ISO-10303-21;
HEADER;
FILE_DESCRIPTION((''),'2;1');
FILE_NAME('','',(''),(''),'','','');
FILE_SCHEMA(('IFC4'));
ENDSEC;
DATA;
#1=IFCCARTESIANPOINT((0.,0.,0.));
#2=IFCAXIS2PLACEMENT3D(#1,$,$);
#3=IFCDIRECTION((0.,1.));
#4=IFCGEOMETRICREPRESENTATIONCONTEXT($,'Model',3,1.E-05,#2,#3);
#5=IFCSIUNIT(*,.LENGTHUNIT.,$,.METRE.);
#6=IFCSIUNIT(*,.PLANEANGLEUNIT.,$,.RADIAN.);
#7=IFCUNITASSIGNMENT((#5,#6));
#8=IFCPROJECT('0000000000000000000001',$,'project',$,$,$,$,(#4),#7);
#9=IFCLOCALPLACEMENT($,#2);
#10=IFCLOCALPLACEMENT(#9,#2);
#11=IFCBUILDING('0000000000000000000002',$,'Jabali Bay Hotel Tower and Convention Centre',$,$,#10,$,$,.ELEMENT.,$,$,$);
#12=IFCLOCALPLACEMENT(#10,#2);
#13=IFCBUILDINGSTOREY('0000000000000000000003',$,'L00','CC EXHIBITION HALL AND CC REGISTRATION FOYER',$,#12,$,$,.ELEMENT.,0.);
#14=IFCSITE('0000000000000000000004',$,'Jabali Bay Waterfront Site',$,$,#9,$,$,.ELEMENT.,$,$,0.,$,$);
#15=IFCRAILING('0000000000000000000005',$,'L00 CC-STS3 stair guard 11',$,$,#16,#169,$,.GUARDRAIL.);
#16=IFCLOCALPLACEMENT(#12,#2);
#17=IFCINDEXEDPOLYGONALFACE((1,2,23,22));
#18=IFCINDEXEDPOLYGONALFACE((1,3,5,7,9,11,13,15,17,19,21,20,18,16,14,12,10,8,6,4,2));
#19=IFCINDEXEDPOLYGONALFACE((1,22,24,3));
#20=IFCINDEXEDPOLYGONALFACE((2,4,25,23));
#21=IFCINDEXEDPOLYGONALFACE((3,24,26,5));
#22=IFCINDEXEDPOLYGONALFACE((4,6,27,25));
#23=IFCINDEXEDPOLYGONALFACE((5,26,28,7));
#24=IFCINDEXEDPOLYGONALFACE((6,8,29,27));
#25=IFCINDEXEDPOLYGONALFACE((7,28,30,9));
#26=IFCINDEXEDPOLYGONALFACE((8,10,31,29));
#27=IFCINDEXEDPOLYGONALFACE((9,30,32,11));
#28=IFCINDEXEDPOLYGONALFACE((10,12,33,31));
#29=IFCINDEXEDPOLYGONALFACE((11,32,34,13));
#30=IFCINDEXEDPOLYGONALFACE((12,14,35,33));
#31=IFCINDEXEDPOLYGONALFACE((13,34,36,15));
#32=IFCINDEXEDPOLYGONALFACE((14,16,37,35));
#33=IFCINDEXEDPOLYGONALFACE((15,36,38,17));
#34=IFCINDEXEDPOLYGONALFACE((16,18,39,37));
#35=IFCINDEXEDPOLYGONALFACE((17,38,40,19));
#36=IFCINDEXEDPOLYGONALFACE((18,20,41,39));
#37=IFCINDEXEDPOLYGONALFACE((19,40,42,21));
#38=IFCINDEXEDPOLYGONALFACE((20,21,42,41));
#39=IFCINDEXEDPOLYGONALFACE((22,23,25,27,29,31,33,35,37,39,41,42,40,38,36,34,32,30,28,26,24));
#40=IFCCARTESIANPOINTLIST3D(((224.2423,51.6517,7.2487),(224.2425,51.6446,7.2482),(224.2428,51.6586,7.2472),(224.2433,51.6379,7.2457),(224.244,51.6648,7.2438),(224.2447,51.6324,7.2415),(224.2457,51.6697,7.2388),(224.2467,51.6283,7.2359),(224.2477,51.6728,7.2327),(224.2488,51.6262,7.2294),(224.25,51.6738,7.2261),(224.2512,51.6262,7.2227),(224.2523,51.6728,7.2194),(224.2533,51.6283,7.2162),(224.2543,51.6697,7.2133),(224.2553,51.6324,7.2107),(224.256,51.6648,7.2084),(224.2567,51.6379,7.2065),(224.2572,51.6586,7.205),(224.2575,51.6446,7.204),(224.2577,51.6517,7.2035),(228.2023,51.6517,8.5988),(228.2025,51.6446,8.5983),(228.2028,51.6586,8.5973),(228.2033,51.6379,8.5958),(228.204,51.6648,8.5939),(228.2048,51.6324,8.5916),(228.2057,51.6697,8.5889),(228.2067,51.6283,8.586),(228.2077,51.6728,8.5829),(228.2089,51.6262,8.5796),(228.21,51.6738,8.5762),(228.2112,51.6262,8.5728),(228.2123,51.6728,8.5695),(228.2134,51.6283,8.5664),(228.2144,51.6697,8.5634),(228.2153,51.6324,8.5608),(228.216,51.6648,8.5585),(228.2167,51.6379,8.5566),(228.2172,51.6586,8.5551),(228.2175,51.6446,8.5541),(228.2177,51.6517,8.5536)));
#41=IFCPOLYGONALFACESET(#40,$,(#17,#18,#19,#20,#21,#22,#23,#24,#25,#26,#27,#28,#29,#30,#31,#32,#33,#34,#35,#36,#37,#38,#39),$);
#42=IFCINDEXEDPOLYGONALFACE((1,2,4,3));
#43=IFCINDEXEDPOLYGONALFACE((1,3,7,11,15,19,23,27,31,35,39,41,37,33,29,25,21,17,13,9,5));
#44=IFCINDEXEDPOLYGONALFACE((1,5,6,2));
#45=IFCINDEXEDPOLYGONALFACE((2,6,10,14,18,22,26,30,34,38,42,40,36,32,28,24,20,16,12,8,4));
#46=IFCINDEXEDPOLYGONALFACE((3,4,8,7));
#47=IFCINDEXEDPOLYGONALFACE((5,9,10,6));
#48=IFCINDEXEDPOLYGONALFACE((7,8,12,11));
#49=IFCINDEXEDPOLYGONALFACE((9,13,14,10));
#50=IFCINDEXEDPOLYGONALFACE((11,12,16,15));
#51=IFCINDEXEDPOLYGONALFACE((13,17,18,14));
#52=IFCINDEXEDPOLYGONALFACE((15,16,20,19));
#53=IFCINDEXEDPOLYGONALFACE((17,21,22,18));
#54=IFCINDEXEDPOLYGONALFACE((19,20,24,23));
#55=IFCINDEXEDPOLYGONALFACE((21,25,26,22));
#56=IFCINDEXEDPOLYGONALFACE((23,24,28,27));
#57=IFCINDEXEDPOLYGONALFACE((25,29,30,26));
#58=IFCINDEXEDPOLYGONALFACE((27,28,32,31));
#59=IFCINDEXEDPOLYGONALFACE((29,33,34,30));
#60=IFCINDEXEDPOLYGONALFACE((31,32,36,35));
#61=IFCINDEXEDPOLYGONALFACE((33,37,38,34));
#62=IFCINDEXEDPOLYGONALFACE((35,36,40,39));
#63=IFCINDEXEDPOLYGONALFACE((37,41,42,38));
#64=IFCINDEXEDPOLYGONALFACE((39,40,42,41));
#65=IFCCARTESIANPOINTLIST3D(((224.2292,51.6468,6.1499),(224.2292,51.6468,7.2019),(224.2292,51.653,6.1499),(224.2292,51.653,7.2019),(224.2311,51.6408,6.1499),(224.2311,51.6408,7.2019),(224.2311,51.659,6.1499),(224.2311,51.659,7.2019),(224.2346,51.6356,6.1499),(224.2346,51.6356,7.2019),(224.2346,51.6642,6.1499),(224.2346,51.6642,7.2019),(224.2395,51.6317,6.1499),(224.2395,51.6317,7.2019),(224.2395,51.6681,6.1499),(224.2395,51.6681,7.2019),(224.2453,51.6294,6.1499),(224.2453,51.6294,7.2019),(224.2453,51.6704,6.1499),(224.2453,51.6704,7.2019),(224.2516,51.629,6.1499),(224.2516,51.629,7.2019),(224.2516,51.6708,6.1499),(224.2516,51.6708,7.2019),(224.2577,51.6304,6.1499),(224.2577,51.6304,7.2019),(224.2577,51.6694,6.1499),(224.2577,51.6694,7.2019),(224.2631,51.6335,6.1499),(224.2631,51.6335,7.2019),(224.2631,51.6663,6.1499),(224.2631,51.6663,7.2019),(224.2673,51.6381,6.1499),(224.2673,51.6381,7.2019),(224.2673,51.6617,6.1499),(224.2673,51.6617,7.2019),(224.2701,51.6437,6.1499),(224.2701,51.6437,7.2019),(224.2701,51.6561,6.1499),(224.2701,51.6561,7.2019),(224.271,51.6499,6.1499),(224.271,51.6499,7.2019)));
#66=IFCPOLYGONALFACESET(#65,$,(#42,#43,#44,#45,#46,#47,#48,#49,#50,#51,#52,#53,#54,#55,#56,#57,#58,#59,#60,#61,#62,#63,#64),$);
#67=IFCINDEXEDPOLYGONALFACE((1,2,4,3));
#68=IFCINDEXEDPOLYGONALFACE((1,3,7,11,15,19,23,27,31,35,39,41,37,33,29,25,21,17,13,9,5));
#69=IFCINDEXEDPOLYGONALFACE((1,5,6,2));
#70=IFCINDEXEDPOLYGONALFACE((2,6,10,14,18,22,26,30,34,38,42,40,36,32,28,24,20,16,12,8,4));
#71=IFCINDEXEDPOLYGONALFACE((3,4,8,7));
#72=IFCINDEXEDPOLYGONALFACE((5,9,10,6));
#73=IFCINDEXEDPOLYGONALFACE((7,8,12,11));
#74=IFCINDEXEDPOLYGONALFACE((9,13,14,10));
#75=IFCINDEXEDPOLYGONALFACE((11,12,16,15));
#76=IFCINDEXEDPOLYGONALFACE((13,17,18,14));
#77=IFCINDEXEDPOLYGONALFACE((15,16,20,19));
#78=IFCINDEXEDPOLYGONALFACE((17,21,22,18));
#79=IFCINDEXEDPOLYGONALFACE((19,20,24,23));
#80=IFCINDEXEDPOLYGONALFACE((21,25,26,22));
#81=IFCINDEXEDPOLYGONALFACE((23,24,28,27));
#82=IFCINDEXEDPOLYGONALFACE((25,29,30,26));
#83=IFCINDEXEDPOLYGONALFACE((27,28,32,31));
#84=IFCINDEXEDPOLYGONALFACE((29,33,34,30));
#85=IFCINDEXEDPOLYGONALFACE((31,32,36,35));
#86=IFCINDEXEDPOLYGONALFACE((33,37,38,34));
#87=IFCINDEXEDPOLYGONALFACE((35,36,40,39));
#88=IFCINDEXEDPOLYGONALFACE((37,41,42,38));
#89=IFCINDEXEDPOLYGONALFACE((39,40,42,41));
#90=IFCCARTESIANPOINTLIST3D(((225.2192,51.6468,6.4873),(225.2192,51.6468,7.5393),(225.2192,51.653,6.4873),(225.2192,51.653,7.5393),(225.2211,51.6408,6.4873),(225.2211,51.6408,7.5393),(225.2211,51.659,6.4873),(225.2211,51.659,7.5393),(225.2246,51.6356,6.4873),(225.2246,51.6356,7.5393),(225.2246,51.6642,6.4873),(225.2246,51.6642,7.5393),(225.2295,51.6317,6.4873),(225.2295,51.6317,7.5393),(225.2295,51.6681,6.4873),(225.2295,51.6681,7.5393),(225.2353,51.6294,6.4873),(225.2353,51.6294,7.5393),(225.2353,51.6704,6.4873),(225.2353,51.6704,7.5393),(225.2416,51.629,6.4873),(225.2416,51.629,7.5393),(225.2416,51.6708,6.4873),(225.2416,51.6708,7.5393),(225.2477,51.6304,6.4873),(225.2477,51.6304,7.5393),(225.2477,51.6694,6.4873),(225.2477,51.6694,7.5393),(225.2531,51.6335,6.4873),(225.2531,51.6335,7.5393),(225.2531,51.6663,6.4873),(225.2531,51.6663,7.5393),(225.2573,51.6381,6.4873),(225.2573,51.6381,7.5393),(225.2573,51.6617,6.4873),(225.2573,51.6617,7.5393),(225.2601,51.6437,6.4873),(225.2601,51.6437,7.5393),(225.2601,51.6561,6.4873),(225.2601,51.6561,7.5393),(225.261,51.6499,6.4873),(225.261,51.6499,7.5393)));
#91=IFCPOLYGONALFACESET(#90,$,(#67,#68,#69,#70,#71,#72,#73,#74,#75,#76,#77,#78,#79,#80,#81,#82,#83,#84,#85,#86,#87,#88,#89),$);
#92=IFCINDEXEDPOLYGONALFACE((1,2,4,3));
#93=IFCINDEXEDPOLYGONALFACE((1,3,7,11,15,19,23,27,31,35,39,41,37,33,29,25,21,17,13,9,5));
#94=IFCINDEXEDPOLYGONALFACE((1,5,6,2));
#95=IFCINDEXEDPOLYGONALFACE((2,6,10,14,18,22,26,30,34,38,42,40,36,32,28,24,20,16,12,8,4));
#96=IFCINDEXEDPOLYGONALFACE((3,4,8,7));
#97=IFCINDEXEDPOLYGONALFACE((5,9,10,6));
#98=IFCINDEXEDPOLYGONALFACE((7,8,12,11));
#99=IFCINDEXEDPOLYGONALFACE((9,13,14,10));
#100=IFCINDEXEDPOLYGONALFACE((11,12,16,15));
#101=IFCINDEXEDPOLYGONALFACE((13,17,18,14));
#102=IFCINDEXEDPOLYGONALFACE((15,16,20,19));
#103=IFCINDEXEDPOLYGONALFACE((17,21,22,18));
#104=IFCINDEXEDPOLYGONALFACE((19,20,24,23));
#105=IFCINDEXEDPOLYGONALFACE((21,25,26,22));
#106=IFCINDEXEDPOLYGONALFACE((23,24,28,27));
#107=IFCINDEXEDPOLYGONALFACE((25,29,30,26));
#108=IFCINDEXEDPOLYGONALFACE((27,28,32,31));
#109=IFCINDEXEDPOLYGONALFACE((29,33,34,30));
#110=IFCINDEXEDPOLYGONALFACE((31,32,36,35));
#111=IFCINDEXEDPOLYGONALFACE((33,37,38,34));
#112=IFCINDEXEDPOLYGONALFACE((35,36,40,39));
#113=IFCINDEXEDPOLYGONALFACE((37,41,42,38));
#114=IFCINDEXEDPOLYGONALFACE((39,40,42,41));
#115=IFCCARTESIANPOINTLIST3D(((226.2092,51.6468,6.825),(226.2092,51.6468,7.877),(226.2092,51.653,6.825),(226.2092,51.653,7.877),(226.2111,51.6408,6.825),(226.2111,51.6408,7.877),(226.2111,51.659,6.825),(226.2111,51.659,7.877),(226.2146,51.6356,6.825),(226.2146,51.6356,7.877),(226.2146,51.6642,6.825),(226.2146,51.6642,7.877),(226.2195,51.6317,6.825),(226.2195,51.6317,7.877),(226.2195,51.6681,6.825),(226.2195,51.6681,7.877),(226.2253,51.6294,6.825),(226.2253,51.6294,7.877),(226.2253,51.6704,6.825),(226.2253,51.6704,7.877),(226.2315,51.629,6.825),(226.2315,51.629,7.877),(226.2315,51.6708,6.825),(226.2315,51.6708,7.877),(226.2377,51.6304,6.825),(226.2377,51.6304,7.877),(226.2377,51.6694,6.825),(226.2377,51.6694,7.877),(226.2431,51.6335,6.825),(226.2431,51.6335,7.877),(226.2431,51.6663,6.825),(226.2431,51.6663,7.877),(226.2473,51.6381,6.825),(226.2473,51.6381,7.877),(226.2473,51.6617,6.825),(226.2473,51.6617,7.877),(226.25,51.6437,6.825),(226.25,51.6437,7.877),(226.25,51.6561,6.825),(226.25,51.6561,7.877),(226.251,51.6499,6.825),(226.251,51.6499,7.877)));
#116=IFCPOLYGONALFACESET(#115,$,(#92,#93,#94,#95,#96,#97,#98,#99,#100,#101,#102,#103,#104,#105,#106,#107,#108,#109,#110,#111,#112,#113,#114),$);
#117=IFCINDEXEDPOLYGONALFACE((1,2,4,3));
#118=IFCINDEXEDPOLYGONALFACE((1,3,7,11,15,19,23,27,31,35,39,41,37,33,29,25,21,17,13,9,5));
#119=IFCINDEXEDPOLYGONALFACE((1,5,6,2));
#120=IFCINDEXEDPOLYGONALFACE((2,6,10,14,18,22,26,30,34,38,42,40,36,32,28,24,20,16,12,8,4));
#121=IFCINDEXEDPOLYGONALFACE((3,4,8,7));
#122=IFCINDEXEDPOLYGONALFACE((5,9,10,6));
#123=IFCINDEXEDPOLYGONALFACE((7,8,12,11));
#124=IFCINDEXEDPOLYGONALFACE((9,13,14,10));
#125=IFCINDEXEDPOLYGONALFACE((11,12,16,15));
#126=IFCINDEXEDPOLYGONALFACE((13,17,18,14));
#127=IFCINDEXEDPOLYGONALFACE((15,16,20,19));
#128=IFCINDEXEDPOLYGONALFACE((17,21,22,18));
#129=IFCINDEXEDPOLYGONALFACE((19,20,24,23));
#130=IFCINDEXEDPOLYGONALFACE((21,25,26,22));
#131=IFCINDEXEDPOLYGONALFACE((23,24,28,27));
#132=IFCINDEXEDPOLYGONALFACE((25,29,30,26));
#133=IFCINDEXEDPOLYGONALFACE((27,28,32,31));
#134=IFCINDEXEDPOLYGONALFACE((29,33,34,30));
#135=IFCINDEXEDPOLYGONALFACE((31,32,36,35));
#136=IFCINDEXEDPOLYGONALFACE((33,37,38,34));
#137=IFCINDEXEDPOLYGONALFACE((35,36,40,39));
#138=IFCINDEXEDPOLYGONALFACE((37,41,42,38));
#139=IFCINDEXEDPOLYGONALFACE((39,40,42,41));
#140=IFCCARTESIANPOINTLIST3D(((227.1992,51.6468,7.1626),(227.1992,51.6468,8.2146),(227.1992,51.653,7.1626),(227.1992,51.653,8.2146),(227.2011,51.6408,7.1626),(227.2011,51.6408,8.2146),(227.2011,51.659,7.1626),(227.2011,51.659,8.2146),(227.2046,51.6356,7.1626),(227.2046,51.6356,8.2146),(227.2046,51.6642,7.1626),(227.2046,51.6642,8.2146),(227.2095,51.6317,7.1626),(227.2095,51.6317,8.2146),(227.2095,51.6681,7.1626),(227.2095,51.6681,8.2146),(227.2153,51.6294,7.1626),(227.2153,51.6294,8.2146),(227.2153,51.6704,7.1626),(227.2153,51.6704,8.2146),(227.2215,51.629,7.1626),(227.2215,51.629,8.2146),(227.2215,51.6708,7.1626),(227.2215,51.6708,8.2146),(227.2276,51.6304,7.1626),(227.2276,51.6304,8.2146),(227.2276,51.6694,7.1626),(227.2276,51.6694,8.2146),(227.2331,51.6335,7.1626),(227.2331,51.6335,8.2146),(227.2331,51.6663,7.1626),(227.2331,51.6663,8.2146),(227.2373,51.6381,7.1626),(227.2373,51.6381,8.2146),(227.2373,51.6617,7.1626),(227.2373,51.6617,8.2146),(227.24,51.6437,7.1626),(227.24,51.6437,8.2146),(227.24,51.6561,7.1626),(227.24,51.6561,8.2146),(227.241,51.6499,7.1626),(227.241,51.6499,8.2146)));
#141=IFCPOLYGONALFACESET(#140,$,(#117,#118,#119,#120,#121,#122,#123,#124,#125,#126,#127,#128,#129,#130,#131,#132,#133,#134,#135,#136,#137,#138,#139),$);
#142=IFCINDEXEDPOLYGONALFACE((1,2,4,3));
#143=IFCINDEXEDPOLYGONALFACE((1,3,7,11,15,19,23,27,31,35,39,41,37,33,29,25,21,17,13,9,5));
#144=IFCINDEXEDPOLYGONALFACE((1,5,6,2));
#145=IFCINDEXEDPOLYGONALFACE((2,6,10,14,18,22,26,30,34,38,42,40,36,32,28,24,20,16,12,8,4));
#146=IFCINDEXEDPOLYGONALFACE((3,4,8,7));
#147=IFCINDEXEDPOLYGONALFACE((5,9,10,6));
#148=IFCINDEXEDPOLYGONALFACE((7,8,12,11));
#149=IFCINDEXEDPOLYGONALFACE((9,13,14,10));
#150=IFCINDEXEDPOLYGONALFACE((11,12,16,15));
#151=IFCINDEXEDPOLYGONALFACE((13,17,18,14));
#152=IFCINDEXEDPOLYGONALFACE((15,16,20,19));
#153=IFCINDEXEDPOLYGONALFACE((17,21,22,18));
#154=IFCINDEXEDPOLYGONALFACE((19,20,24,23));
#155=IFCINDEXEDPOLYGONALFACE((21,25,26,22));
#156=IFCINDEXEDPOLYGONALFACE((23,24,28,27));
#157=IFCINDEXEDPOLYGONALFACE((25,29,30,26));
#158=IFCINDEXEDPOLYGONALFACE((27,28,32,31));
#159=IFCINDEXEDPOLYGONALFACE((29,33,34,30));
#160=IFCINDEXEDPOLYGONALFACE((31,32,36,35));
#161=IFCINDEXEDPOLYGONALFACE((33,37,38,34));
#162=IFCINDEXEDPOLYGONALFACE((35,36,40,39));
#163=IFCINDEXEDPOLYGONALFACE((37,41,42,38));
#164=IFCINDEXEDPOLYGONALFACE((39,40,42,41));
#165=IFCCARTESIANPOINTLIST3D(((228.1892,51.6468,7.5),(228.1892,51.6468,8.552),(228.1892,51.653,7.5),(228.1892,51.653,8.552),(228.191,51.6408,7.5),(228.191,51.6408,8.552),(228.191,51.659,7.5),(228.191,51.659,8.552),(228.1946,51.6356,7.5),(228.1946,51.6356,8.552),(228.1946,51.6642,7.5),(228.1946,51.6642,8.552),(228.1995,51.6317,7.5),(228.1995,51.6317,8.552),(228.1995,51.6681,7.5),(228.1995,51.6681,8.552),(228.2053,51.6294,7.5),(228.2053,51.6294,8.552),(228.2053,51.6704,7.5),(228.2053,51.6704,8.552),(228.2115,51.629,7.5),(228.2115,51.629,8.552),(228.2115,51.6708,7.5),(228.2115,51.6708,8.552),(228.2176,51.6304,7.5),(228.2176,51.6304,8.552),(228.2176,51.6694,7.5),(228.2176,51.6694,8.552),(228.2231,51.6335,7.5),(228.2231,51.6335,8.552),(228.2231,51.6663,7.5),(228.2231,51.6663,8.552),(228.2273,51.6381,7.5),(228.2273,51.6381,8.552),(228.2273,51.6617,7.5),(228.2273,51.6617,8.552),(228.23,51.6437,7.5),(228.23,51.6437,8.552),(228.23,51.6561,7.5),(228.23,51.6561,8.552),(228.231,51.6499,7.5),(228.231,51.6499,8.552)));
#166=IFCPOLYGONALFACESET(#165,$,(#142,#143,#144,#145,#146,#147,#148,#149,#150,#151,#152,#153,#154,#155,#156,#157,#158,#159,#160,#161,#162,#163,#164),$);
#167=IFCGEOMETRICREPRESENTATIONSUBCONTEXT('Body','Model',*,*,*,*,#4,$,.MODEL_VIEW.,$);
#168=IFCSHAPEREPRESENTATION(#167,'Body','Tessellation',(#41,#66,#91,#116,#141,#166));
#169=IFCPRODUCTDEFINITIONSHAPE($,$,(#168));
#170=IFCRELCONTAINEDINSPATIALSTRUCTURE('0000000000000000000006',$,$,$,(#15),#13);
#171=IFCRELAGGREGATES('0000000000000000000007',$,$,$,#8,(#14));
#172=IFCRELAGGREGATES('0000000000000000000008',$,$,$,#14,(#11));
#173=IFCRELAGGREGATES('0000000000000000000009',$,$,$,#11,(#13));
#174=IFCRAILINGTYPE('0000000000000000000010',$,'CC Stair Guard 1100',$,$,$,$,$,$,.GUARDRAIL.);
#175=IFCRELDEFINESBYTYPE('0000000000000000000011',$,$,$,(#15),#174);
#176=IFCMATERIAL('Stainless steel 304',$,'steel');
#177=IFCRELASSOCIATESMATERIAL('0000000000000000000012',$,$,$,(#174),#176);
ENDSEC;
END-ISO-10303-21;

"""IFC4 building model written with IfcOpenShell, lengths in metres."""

from ifc_helpers import new_model, si_unit, direction, frame, origin, origin_2d, place, context, subcontext, project, spatial, circle, extrude, material, type_object, element, save


model = new_model("IFC4")

# Units and contexts
model_context = context("Model", 3, precision=1e-05, world=origin(), true_north=direction((0.0, 1.0)))
body_context = subcontext(model_context, "Body", "Model", "MODEL_VIEW")
ifc_project = project(units=[si_unit("LENGTHUNIT", "METRE"), si_unit("PLANEANGLEUNIT", "RADIAN")], contexts=[model_context])

# Site, building, storey
site_placement = place(None, origin())
site = spatial("IfcSite", under=ifc_project, at=site_placement, Name="Jabali Bay Waterfront Site", CompositionType="ELEMENT", RefElevation=0.0)
building_placement = place(site_placement, origin())
building = spatial("IfcBuilding", under=site, at=building_placement, Name="Jabali Bay Hotel Tower and Convention Centre", CompositionType="ELEMENT")
storey_placement = place(building_placement, origin())
storey = spatial("IfcBuildingStorey", under=building, at=storey_placement, Name="L00", Description="CC EXHIBITION HALL AND CC REGISTRATION FOYER", CompositionType="ELEMENT", Elevation=0.0)

# Railing
ifc_material_1 = material(Name="Stainless steel 304", Category="steel")
railing_type_1 = type_object("IfcRailingType", Name="CC Stair Guard 1100", PredefinedType="GUARDRAIL", material=ifc_material_1)
railing_1_placement = place(storey_placement, frame((224.25, 51.6499, 6.1499)))
element("IfcRailing", 1, at=railing_1_placement, inside=storey, type_object=railing_type_1, Name="L00 CC-STS3 stair guard 11", PredefinedType="GUARDRAIL", context=body_context, shape_type="SweptSolid", body=[
    extrude(circle(Radius=0.0239, at=origin_2d()), frame((0.0, 0.0, 1.0762), z_axis=(0.946502, 0.0, 0.322698), x_axis=(0.0, 1.0, 0.0)), (0.0, 0.0, 1.0), 4.1838),
    extrude(circle(Radius=0.021, at=origin_2d()), origin(), (0.0, 0.0, 1.0), 1.052),
    extrude(circle(Radius=0.021, at=origin_2d()), frame((0.99, 0.0, 0.3374)), (0.0, 0.0, 1.0), 1.052),
    extrude(circle(Radius=0.021, at=origin_2d()), frame((1.98, 0.0, 0.675)), (0.0, 0.0, 1.0), 1.052),
    extrude(circle(Radius=0.021, at=origin_2d()), frame((2.97, 0.0, 1.0127)), (0.0, 0.0, 1.0), 1.052),
    extrude(circle(Radius=0.021, at=origin_2d()), frame((3.96, 0.0, 1.3501)), (0.0, 0.0, 1.0), 1.052),
])

save(model, "model.ifc")
